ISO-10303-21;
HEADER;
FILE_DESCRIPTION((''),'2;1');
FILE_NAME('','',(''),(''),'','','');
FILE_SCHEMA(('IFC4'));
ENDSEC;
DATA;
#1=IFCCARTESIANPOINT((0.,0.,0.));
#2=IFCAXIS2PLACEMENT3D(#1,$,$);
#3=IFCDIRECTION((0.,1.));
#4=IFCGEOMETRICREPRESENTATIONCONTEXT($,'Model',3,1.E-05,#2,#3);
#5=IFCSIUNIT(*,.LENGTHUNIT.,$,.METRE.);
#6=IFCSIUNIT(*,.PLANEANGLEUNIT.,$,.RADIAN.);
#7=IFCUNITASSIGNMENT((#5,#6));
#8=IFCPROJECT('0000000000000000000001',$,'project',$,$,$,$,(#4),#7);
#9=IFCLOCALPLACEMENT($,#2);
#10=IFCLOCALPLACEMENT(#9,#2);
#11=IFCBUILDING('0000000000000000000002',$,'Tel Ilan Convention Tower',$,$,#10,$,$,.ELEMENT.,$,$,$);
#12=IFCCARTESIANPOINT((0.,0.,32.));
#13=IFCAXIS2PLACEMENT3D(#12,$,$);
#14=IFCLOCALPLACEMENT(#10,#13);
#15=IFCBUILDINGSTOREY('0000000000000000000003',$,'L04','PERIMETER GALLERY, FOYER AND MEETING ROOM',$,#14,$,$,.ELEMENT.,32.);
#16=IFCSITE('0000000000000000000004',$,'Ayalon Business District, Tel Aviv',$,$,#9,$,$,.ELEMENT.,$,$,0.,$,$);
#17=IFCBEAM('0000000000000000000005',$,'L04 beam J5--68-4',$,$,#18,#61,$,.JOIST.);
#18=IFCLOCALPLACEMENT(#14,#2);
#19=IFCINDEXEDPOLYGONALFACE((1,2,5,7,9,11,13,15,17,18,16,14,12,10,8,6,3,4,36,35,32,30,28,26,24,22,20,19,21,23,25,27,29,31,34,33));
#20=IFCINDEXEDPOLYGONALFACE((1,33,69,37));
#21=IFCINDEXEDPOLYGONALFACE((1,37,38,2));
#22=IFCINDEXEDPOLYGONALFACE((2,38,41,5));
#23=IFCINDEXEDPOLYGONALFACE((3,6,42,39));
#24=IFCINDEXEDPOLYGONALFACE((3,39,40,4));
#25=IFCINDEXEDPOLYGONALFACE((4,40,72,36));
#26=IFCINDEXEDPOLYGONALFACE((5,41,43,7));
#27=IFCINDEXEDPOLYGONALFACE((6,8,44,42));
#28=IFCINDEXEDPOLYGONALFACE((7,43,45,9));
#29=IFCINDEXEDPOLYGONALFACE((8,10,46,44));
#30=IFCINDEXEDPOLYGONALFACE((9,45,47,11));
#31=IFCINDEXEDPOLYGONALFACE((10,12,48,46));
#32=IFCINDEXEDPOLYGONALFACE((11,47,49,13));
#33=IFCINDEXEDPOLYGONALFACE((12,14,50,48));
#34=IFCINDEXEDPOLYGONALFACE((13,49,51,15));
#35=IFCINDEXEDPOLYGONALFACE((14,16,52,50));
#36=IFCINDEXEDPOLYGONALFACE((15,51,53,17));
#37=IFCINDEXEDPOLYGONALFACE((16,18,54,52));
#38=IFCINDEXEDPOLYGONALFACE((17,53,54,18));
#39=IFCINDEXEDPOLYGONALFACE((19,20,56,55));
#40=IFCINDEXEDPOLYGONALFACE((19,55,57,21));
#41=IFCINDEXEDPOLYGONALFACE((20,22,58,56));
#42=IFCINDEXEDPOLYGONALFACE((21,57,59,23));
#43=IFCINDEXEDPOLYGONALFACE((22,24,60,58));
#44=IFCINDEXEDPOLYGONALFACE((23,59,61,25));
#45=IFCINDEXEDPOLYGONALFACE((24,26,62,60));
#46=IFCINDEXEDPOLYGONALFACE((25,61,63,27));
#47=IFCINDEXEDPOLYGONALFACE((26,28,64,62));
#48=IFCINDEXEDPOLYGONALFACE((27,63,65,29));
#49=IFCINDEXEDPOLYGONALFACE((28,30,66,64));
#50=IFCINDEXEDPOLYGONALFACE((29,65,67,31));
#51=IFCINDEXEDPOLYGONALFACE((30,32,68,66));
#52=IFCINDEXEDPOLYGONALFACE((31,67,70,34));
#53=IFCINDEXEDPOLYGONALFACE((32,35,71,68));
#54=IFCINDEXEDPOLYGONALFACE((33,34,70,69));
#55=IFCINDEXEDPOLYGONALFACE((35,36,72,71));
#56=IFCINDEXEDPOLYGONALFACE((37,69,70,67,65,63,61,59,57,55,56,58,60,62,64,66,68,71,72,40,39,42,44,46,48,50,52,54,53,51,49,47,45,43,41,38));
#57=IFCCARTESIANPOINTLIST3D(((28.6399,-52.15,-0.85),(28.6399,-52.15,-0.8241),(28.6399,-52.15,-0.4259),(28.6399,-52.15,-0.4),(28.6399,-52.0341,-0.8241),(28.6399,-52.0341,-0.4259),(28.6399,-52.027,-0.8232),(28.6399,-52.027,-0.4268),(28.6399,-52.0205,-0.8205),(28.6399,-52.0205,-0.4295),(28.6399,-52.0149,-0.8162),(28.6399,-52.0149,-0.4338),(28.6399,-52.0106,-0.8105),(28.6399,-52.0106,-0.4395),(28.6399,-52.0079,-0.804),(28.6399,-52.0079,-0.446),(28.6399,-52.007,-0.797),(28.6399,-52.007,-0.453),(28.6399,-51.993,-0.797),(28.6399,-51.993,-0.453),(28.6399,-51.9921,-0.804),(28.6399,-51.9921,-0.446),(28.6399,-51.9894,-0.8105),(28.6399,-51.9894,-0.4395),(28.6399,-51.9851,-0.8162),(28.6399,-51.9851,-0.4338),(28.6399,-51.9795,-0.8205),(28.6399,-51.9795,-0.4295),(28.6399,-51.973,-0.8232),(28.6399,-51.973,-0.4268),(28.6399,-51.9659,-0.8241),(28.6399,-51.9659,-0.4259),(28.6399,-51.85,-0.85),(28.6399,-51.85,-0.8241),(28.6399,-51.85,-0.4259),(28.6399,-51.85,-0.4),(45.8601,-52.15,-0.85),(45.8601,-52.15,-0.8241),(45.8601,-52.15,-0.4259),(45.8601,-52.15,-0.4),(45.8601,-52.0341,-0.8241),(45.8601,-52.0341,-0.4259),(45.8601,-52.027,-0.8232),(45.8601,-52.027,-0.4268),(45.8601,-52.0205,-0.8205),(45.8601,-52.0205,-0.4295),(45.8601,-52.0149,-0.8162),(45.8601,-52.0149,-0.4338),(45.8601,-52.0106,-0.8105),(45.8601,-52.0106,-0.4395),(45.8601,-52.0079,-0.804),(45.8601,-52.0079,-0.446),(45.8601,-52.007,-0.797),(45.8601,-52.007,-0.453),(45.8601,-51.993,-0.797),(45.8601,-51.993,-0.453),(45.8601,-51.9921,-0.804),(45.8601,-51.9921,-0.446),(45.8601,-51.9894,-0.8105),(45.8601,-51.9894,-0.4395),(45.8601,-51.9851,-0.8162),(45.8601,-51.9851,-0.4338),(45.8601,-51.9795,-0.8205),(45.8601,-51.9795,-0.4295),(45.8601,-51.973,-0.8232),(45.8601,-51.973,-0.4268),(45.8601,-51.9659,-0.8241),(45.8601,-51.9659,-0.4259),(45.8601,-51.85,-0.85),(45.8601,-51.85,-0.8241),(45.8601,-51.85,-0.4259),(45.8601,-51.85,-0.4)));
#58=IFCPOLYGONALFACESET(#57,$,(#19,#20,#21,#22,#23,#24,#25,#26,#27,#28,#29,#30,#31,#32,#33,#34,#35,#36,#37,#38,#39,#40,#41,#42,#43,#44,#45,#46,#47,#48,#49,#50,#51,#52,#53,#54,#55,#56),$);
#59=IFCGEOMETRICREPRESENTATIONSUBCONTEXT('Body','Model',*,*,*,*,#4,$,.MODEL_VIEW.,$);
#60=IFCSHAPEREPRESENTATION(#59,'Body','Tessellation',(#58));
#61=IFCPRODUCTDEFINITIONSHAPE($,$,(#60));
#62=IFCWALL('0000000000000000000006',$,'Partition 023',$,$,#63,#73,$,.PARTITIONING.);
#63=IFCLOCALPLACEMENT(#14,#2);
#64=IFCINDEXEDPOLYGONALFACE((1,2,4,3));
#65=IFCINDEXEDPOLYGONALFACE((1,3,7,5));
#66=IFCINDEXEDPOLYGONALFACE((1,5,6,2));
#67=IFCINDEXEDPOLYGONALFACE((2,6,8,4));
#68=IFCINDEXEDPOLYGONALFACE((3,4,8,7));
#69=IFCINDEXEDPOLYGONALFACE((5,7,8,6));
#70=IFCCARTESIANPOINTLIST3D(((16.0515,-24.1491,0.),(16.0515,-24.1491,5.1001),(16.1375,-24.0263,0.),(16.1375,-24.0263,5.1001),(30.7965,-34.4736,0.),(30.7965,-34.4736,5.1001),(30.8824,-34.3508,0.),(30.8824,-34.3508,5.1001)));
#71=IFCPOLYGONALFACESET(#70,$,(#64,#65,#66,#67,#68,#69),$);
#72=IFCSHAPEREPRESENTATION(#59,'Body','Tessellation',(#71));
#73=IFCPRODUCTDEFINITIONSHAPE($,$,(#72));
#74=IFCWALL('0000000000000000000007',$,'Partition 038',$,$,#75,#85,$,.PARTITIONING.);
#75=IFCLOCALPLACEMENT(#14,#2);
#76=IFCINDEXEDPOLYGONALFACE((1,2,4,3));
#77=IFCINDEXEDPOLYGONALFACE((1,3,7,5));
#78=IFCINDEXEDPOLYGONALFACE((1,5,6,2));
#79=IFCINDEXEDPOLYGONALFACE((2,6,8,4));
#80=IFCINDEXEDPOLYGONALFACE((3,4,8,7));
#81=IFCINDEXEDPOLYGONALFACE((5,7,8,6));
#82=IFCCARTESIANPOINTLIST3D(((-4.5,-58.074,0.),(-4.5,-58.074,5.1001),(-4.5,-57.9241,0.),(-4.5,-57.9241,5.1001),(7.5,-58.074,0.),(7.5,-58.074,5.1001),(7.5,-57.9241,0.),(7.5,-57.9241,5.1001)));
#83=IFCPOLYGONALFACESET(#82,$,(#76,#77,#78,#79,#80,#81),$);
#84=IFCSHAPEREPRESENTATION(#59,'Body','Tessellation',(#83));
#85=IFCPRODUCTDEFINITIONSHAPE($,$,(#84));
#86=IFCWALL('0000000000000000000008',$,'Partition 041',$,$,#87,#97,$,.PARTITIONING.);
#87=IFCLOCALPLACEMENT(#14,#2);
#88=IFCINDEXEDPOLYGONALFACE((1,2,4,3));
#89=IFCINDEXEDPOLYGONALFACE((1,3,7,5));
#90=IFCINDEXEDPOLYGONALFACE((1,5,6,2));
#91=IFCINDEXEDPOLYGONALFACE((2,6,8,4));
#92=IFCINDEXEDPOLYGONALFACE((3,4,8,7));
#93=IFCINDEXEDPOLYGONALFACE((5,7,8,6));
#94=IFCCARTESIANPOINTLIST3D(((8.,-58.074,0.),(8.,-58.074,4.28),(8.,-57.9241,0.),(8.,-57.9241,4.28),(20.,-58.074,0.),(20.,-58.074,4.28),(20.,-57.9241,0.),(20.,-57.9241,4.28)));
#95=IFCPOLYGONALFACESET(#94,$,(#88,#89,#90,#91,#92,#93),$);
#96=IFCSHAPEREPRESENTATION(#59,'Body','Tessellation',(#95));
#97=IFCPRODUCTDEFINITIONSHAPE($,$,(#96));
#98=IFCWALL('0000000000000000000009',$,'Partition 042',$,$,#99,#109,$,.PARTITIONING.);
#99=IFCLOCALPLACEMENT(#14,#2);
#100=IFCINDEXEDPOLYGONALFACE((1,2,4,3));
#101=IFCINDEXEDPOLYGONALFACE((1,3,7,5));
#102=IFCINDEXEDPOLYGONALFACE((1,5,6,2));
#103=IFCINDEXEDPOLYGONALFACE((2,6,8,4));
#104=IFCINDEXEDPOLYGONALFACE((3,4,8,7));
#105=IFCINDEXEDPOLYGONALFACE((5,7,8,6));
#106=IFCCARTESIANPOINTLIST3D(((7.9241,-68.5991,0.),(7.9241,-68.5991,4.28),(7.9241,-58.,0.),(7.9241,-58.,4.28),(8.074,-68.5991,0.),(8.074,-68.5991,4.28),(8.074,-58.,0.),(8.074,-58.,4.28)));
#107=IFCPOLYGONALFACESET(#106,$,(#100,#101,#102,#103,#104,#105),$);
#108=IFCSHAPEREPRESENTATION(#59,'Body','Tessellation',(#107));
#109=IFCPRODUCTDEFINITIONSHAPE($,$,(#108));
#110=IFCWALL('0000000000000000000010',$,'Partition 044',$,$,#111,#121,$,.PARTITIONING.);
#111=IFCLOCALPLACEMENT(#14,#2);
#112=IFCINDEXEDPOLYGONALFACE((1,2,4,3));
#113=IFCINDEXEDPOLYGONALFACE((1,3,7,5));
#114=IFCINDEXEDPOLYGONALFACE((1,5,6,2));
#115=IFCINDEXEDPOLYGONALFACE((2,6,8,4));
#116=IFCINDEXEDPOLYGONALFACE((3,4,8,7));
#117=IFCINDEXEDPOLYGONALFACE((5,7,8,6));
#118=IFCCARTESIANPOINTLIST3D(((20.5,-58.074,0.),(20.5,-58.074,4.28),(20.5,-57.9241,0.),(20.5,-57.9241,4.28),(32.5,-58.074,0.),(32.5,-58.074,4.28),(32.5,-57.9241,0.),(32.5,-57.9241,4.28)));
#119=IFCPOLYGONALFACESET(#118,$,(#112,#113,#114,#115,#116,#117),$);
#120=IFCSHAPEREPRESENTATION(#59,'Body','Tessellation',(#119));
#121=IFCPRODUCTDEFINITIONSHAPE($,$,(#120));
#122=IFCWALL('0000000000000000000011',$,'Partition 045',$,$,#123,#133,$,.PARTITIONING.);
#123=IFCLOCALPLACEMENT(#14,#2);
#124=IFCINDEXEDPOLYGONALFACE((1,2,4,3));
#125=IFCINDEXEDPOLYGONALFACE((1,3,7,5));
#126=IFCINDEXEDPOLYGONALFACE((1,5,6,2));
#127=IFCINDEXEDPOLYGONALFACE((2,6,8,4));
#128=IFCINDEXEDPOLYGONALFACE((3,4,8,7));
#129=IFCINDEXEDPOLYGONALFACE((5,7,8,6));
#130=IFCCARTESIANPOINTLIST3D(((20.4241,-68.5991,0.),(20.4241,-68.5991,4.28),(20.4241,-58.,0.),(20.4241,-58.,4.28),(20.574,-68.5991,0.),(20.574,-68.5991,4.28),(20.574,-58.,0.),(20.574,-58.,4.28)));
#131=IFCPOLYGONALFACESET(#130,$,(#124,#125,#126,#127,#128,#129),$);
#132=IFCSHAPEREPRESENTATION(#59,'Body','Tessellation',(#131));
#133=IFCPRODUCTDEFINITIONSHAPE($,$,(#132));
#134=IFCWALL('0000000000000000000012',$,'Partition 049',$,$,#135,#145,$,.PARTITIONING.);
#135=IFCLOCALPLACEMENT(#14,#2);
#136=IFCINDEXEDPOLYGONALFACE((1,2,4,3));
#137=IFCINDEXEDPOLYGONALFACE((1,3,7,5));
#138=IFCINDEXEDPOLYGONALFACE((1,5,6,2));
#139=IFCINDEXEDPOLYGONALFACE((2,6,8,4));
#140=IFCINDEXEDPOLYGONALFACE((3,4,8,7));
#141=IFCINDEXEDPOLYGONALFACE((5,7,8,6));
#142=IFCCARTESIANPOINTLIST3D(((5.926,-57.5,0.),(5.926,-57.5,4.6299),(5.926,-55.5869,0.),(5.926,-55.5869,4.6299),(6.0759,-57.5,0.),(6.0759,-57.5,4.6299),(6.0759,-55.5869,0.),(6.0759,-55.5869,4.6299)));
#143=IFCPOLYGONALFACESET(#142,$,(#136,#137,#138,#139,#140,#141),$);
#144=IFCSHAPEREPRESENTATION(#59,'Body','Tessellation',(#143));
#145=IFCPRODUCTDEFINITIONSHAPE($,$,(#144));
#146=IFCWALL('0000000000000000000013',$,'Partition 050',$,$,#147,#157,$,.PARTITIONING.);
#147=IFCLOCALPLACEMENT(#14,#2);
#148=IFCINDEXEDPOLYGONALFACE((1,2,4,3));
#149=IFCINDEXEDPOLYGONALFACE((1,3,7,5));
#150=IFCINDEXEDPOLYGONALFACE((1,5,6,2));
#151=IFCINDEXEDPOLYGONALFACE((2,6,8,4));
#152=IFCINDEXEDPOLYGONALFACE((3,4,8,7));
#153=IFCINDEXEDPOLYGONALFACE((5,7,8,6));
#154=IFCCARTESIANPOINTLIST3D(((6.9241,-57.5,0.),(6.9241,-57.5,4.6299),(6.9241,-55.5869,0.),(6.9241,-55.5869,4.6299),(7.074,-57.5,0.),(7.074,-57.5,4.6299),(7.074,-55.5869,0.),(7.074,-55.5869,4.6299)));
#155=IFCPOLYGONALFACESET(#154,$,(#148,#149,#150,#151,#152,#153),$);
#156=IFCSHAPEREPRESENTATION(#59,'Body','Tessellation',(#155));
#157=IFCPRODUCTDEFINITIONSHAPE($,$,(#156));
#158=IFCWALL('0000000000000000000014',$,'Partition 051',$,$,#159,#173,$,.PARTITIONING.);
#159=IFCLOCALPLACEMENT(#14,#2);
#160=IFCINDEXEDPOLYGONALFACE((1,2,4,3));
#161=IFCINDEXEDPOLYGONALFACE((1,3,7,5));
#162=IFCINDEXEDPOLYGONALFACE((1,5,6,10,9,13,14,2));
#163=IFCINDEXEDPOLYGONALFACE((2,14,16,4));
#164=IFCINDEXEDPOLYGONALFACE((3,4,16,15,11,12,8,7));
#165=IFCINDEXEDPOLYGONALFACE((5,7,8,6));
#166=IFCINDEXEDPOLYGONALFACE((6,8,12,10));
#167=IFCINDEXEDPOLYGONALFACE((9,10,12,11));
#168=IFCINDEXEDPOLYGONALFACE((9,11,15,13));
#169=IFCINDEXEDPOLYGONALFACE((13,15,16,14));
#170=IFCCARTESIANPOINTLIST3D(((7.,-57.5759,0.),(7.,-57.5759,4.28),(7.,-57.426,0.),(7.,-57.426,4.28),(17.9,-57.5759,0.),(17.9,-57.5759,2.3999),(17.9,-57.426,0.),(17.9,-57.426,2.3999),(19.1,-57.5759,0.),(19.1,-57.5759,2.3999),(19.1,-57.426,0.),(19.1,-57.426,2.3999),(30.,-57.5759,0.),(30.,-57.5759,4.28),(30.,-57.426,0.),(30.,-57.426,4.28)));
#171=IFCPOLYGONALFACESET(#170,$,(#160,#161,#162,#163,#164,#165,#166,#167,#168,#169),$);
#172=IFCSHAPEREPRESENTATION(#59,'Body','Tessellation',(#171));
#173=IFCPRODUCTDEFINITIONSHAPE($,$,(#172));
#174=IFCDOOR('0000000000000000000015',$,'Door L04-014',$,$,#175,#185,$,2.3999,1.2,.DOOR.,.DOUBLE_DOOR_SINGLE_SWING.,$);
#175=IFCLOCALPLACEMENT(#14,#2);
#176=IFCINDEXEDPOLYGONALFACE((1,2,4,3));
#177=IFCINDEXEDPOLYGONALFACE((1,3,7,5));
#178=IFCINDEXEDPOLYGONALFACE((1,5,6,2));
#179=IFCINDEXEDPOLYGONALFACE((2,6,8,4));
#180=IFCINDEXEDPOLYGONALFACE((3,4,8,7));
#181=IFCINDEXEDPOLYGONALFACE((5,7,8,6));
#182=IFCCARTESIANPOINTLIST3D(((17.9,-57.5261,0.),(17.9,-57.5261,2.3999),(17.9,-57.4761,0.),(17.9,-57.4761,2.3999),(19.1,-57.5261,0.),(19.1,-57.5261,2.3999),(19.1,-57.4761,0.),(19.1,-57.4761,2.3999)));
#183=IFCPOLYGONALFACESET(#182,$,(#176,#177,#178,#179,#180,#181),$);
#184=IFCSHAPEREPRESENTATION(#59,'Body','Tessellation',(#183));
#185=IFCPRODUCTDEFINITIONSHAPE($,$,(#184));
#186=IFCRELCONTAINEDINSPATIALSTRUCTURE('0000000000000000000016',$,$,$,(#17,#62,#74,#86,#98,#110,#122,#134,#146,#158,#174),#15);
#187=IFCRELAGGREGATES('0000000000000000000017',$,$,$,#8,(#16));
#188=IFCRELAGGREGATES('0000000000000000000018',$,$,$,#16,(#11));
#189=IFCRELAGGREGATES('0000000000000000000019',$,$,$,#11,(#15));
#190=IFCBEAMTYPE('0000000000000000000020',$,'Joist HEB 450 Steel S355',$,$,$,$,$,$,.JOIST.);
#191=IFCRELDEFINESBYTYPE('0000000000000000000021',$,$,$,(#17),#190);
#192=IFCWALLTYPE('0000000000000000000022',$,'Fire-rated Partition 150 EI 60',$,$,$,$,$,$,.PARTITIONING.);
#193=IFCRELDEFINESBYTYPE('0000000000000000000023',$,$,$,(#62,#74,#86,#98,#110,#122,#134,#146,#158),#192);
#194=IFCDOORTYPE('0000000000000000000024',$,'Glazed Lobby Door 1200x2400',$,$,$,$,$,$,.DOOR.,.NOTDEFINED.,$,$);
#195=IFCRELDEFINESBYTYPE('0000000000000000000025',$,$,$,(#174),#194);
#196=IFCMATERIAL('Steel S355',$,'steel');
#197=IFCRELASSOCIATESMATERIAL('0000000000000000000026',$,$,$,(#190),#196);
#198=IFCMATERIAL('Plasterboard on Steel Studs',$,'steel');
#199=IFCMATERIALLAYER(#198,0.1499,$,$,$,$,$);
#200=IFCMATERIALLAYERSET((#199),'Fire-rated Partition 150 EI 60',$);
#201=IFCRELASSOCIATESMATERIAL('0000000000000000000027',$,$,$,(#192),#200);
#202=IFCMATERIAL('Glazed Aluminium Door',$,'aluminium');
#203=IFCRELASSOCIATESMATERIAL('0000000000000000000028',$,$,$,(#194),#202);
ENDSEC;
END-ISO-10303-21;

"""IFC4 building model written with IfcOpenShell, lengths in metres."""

from ifc_helpers import new_model, si_unit, direction, frame, frame_2d, origin, origin_2d, place, context, subcontext, project, spatial, rectangle, i_section, extrude, material, layer, layer_set, material_profile, profile_set, type_object, element, fill, save


model = new_model("IFC4")

# Units and contexts
model_context = context("Model", 3, precision=1e-05, world=origin(), true_north=direction((0.0, 1.0)))
body_context = subcontext(model_context, "Body", "Model", "MODEL_VIEW")
ifc_project = project(units=[si_unit("LENGTHUNIT", "METRE"), si_unit("PLANEANGLEUNIT", "RADIAN")], contexts=[model_context])

# Site, building, storey
site_placement = place(None, origin())
site = spatial("IfcSite", under=ifc_project, at=site_placement, Name="Ayalon Business District, Tel Aviv", CompositionType="ELEMENT", RefElevation=0.0)
building_placement = place(site_placement, origin())
building = spatial("IfcBuilding", under=site, at=building_placement, Name="Tel Ilan Convention Tower", CompositionType="ELEMENT")
storey_placement = place(building_placement, frame((0.0, 0.0, 32.0)))
storey = spatial("IfcBuildingStorey", under=building, at=storey_placement, Name="L04", Description="PERIMETER GALLERY, FOYER AND MEETING ROOM", CompositionType="ELEMENT", Elevation=32.0)

# Beam
ifc_material_1 = material(Name="Steel S355", Category="steel")
ifc_material_profile_1 = material_profile(ifc_material_1, i_section(OverallWidth=0.3, OverallDepth=0.45, WebThickness=0.0139, FlangeThickness=0.0259, FilletRadius=0.0271, at=origin_2d()), Name="HEB 450")
ifc_profile_set_1 = profile_set([ifc_material_profile_1], Name="Steel S355")
beam_type_1 = type_object("IfcBeamType", Name="Joist HEB 450 Steel S355", PredefinedType="JOIST", material=ifc_profile_set_1)
beam_1_placement = place(storey_placement, frame((28.6399, -52.0, -0.625), z_axis=(1.0, 0.0, 0.0), x_axis=(0.0, 1.0, 0.0)))
element("IfcBeam", 1, at=beam_1_placement, inside=storey, type_object=beam_type_1, Name="L04 beam J5--68-4", PredefinedType="JOIST", context=body_context, shape_type="SweptSolid", body=[
    extrude(i_section(OverallWidth=0.3, OverallDepth=0.45, WebThickness=0.0139, FlangeThickness=0.0259, FilletRadius=0.0271, at=origin_2d()), origin(), (0.0, 0.0, 1.0), 17.2202),
])

# Walls
ifc_material_2 = material(Name="Plasterboard on Steel Studs", Category="steel")
ifc_layer = layer(ifc_material_2, 0.1499)
ifc_layer_set = layer_set([ifc_layer], Name="Fire-rated Partition 150 EI 60")
wall_type = type_object("IfcWallType", Name="Fire-rated Partition 150 EI 60", PredefinedType="PARTITIONING", material=ifc_layer_set)
wall_1_placement = place(storey_placement, frame((30.8394, -34.4121, 0.0), z_axis=(0.0, 0.0, 1.0), x_axis=(-0.819152, 0.573576, 0.0)))
element("IfcWall", 2, at=wall_1_placement, inside=storey, type_object=wall_type, Name="Partition 023", PredefinedType="PARTITIONING", context=body_context, shape_type="SweptSolid", body=[
    extrude(rectangle(XDim=18.0002, YDim=0.1499, at=frame_2d((9.0, 0.0))), origin(), (0.0, 0.0, 1.0), 5.1001),
])
wall_2_placement = place(storey_placement, frame((7.5, -57.999, 0.0), z_axis=(0.0, 0.0, 1.0), x_axis=(-1.0, 0.0, 0.0)))
element("IfcWall", 3, at=wall_2_placement, inside=storey, type_object=wall_type, Name="Partition 038", PredefinedType="PARTITIONING", context=body_context, shape_type="SweptSolid", body=[
    extrude(rectangle(XDim=12.0, YDim=0.1499, at=frame_2d((6.0, 0.0))), origin(), (0.0, 0.0, 1.0), 5.1001),
])
wall_3_placement = place(storey_placement, frame((20.0, -57.999, 0.0), z_axis=(0.0, 0.0, 1.0), x_axis=(-1.0, 0.0, 0.0)))
element("IfcWall", 4, at=wall_3_placement, inside=storey, type_object=wall_type, Name="Partition 041", PredefinedType="PARTITIONING", context=body_context, shape_type="SweptSolid", body=[
    extrude(rectangle(XDim=12.0, YDim=0.1499, at=frame_2d((6.0, 0.0))), origin(), (0.0, 0.0, 1.0), 4.28),
])
wall_4_placement = place(storey_placement, frame((7.999, -58.0, 0.0), z_axis=(0.0, 0.0, 1.0), x_axis=(0.0, -1.0, 0.0)))
element("IfcWall", 5, at=wall_4_placement, inside=storey, type_object=wall_type, Name="Partition 042", PredefinedType="PARTITIONING", context=body_context, shape_type="SweptSolid", body=[
    extrude(rectangle(XDim=10.5991, YDim=0.1499, at=frame_2d((5.2996, 0.0))), origin(), (0.0, 0.0, 1.0), 4.28),
])
wall_5_placement = place(storey_placement, frame((32.5, -57.999, 0.0), z_axis=(0.0, 0.0, 1.0), x_axis=(-1.0, 0.0, 0.0)))
element("IfcWall", 6, at=wall_5_placement, inside=storey, type_object=wall_type, Name="Partition 044", PredefinedType="PARTITIONING", context=body_context, shape_type="SweptSolid", body=[
    extrude(rectangle(XDim=12.0, YDim=0.1499, at=frame_2d((6.0, 0.0))), origin(), (0.0, 0.0, 1.0), 4.28),
])
wall_6_placement = place(storey_placement, frame((20.499, -58.0, 0.0), z_axis=(0.0, 0.0, 1.0), x_axis=(0.0, -1.0, 0.0)))
element("IfcWall", 7, at=wall_6_placement, inside=storey, type_object=wall_type, Name="Partition 045", PredefinedType="PARTITIONING", context=body_context, shape_type="SweptSolid", body=[
    extrude(rectangle(XDim=10.5991, YDim=0.1499, at=frame_2d((5.2996, 0.0))), origin(), (0.0, 0.0, 1.0), 4.28),
])
for number, where, z_axis, x_axis, name in (
    (8, (6.001, -57.5, 0.0), (0.0, 0.0, 1.0), (0.0, 1.0, 0.0), "Partition 049"),
    (9, (6.999, -55.5869, 0.0), (0.0, 0.0, 1.0), (0.0, -1.0, 0.0), "Partition 050"),
):
    element("IfcWall", number, at=place(storey_placement, frame(where, z_axis=z_axis, x_axis=x_axis)), inside=storey, type_object=wall_type, Name=name, PredefinedType="PARTITIONING", context=body_context, shape_type="SweptSolid", body=[
        extrude(rectangle(XDim=1.9131, YDim=0.1499, at=frame_2d((0.9565, 0.0))), origin(), (0.0, 0.0, 1.0), 4.6299),
    ])

# Wall, opening, door
wall_7_placement = place(storey_placement, frame((7.0, -57.501, 0.0), z_axis=(0.0, 0.0, 1.0), x_axis=(1.0, 0.0, 0.0)))
wall_7 = element("IfcWall", 10, at=wall_7_placement, inside=storey, type_object=wall_type, Name="Partition 051", PredefinedType="PARTITIONING", context=body_context, shape_type="SweptSolid", body=[
    extrude(rectangle(XDim=23.0, YDim=0.1499, at=frame_2d((11.5, 0.0))), origin(), (0.0, 0.0, 1.0), 4.28),
])
opening_placement = place(wall_7_placement, frame((10.8999, 0.0, 0.0)))
opening = element("IfcOpeningElement", 11, at=opening_placement, cuts=wall_7, PredefinedType="OPENING", context=body_context, shape_type="SweptSolid", body=[
    extrude(rectangle(XDim=1.2, YDim=2.3999, at=frame_2d((0.6001, 1.2))), frame((0.0, 0.085, 0.0), z_axis=(0.0, -1.0, 0.0), x_axis=(1.0, 0.0, 0.0)), (0.0, 0.0, 1.0), 0.1699),
])
ifc_material_3 = material(Name="Glazed Aluminium Door", Category="aluminium")
door_type = type_object("IfcDoorType", Name="Glazed Lobby Door 1200x2400", OperationType="NOTDEFINED", PredefinedType="DOOR", material=ifc_material_3)
door_placement = place(opening_placement, origin())
door = element("IfcDoor", 12, at=door_placement, inside=storey, type_object=door_type, Name="Door L04-014", OperationType="DOUBLE_DOOR_SINGLE_SWING", OverallHeight=2.3999, OverallWidth=1.2, PredefinedType="DOOR", context=body_context, shape_type="SweptSolid", body=[
    extrude(rectangle(XDim=1.2, YDim=2.3999, at=frame_2d((0.6001, 1.2))), frame((0.0, 0.0249, 0.0), z_axis=(0.0, -1.0, 0.0), x_axis=(1.0, 0.0, 0.0)), (0.0, 0.0, 1.0), 0.05),
])
fill(opening, door)

save(model, "model.ifc")
